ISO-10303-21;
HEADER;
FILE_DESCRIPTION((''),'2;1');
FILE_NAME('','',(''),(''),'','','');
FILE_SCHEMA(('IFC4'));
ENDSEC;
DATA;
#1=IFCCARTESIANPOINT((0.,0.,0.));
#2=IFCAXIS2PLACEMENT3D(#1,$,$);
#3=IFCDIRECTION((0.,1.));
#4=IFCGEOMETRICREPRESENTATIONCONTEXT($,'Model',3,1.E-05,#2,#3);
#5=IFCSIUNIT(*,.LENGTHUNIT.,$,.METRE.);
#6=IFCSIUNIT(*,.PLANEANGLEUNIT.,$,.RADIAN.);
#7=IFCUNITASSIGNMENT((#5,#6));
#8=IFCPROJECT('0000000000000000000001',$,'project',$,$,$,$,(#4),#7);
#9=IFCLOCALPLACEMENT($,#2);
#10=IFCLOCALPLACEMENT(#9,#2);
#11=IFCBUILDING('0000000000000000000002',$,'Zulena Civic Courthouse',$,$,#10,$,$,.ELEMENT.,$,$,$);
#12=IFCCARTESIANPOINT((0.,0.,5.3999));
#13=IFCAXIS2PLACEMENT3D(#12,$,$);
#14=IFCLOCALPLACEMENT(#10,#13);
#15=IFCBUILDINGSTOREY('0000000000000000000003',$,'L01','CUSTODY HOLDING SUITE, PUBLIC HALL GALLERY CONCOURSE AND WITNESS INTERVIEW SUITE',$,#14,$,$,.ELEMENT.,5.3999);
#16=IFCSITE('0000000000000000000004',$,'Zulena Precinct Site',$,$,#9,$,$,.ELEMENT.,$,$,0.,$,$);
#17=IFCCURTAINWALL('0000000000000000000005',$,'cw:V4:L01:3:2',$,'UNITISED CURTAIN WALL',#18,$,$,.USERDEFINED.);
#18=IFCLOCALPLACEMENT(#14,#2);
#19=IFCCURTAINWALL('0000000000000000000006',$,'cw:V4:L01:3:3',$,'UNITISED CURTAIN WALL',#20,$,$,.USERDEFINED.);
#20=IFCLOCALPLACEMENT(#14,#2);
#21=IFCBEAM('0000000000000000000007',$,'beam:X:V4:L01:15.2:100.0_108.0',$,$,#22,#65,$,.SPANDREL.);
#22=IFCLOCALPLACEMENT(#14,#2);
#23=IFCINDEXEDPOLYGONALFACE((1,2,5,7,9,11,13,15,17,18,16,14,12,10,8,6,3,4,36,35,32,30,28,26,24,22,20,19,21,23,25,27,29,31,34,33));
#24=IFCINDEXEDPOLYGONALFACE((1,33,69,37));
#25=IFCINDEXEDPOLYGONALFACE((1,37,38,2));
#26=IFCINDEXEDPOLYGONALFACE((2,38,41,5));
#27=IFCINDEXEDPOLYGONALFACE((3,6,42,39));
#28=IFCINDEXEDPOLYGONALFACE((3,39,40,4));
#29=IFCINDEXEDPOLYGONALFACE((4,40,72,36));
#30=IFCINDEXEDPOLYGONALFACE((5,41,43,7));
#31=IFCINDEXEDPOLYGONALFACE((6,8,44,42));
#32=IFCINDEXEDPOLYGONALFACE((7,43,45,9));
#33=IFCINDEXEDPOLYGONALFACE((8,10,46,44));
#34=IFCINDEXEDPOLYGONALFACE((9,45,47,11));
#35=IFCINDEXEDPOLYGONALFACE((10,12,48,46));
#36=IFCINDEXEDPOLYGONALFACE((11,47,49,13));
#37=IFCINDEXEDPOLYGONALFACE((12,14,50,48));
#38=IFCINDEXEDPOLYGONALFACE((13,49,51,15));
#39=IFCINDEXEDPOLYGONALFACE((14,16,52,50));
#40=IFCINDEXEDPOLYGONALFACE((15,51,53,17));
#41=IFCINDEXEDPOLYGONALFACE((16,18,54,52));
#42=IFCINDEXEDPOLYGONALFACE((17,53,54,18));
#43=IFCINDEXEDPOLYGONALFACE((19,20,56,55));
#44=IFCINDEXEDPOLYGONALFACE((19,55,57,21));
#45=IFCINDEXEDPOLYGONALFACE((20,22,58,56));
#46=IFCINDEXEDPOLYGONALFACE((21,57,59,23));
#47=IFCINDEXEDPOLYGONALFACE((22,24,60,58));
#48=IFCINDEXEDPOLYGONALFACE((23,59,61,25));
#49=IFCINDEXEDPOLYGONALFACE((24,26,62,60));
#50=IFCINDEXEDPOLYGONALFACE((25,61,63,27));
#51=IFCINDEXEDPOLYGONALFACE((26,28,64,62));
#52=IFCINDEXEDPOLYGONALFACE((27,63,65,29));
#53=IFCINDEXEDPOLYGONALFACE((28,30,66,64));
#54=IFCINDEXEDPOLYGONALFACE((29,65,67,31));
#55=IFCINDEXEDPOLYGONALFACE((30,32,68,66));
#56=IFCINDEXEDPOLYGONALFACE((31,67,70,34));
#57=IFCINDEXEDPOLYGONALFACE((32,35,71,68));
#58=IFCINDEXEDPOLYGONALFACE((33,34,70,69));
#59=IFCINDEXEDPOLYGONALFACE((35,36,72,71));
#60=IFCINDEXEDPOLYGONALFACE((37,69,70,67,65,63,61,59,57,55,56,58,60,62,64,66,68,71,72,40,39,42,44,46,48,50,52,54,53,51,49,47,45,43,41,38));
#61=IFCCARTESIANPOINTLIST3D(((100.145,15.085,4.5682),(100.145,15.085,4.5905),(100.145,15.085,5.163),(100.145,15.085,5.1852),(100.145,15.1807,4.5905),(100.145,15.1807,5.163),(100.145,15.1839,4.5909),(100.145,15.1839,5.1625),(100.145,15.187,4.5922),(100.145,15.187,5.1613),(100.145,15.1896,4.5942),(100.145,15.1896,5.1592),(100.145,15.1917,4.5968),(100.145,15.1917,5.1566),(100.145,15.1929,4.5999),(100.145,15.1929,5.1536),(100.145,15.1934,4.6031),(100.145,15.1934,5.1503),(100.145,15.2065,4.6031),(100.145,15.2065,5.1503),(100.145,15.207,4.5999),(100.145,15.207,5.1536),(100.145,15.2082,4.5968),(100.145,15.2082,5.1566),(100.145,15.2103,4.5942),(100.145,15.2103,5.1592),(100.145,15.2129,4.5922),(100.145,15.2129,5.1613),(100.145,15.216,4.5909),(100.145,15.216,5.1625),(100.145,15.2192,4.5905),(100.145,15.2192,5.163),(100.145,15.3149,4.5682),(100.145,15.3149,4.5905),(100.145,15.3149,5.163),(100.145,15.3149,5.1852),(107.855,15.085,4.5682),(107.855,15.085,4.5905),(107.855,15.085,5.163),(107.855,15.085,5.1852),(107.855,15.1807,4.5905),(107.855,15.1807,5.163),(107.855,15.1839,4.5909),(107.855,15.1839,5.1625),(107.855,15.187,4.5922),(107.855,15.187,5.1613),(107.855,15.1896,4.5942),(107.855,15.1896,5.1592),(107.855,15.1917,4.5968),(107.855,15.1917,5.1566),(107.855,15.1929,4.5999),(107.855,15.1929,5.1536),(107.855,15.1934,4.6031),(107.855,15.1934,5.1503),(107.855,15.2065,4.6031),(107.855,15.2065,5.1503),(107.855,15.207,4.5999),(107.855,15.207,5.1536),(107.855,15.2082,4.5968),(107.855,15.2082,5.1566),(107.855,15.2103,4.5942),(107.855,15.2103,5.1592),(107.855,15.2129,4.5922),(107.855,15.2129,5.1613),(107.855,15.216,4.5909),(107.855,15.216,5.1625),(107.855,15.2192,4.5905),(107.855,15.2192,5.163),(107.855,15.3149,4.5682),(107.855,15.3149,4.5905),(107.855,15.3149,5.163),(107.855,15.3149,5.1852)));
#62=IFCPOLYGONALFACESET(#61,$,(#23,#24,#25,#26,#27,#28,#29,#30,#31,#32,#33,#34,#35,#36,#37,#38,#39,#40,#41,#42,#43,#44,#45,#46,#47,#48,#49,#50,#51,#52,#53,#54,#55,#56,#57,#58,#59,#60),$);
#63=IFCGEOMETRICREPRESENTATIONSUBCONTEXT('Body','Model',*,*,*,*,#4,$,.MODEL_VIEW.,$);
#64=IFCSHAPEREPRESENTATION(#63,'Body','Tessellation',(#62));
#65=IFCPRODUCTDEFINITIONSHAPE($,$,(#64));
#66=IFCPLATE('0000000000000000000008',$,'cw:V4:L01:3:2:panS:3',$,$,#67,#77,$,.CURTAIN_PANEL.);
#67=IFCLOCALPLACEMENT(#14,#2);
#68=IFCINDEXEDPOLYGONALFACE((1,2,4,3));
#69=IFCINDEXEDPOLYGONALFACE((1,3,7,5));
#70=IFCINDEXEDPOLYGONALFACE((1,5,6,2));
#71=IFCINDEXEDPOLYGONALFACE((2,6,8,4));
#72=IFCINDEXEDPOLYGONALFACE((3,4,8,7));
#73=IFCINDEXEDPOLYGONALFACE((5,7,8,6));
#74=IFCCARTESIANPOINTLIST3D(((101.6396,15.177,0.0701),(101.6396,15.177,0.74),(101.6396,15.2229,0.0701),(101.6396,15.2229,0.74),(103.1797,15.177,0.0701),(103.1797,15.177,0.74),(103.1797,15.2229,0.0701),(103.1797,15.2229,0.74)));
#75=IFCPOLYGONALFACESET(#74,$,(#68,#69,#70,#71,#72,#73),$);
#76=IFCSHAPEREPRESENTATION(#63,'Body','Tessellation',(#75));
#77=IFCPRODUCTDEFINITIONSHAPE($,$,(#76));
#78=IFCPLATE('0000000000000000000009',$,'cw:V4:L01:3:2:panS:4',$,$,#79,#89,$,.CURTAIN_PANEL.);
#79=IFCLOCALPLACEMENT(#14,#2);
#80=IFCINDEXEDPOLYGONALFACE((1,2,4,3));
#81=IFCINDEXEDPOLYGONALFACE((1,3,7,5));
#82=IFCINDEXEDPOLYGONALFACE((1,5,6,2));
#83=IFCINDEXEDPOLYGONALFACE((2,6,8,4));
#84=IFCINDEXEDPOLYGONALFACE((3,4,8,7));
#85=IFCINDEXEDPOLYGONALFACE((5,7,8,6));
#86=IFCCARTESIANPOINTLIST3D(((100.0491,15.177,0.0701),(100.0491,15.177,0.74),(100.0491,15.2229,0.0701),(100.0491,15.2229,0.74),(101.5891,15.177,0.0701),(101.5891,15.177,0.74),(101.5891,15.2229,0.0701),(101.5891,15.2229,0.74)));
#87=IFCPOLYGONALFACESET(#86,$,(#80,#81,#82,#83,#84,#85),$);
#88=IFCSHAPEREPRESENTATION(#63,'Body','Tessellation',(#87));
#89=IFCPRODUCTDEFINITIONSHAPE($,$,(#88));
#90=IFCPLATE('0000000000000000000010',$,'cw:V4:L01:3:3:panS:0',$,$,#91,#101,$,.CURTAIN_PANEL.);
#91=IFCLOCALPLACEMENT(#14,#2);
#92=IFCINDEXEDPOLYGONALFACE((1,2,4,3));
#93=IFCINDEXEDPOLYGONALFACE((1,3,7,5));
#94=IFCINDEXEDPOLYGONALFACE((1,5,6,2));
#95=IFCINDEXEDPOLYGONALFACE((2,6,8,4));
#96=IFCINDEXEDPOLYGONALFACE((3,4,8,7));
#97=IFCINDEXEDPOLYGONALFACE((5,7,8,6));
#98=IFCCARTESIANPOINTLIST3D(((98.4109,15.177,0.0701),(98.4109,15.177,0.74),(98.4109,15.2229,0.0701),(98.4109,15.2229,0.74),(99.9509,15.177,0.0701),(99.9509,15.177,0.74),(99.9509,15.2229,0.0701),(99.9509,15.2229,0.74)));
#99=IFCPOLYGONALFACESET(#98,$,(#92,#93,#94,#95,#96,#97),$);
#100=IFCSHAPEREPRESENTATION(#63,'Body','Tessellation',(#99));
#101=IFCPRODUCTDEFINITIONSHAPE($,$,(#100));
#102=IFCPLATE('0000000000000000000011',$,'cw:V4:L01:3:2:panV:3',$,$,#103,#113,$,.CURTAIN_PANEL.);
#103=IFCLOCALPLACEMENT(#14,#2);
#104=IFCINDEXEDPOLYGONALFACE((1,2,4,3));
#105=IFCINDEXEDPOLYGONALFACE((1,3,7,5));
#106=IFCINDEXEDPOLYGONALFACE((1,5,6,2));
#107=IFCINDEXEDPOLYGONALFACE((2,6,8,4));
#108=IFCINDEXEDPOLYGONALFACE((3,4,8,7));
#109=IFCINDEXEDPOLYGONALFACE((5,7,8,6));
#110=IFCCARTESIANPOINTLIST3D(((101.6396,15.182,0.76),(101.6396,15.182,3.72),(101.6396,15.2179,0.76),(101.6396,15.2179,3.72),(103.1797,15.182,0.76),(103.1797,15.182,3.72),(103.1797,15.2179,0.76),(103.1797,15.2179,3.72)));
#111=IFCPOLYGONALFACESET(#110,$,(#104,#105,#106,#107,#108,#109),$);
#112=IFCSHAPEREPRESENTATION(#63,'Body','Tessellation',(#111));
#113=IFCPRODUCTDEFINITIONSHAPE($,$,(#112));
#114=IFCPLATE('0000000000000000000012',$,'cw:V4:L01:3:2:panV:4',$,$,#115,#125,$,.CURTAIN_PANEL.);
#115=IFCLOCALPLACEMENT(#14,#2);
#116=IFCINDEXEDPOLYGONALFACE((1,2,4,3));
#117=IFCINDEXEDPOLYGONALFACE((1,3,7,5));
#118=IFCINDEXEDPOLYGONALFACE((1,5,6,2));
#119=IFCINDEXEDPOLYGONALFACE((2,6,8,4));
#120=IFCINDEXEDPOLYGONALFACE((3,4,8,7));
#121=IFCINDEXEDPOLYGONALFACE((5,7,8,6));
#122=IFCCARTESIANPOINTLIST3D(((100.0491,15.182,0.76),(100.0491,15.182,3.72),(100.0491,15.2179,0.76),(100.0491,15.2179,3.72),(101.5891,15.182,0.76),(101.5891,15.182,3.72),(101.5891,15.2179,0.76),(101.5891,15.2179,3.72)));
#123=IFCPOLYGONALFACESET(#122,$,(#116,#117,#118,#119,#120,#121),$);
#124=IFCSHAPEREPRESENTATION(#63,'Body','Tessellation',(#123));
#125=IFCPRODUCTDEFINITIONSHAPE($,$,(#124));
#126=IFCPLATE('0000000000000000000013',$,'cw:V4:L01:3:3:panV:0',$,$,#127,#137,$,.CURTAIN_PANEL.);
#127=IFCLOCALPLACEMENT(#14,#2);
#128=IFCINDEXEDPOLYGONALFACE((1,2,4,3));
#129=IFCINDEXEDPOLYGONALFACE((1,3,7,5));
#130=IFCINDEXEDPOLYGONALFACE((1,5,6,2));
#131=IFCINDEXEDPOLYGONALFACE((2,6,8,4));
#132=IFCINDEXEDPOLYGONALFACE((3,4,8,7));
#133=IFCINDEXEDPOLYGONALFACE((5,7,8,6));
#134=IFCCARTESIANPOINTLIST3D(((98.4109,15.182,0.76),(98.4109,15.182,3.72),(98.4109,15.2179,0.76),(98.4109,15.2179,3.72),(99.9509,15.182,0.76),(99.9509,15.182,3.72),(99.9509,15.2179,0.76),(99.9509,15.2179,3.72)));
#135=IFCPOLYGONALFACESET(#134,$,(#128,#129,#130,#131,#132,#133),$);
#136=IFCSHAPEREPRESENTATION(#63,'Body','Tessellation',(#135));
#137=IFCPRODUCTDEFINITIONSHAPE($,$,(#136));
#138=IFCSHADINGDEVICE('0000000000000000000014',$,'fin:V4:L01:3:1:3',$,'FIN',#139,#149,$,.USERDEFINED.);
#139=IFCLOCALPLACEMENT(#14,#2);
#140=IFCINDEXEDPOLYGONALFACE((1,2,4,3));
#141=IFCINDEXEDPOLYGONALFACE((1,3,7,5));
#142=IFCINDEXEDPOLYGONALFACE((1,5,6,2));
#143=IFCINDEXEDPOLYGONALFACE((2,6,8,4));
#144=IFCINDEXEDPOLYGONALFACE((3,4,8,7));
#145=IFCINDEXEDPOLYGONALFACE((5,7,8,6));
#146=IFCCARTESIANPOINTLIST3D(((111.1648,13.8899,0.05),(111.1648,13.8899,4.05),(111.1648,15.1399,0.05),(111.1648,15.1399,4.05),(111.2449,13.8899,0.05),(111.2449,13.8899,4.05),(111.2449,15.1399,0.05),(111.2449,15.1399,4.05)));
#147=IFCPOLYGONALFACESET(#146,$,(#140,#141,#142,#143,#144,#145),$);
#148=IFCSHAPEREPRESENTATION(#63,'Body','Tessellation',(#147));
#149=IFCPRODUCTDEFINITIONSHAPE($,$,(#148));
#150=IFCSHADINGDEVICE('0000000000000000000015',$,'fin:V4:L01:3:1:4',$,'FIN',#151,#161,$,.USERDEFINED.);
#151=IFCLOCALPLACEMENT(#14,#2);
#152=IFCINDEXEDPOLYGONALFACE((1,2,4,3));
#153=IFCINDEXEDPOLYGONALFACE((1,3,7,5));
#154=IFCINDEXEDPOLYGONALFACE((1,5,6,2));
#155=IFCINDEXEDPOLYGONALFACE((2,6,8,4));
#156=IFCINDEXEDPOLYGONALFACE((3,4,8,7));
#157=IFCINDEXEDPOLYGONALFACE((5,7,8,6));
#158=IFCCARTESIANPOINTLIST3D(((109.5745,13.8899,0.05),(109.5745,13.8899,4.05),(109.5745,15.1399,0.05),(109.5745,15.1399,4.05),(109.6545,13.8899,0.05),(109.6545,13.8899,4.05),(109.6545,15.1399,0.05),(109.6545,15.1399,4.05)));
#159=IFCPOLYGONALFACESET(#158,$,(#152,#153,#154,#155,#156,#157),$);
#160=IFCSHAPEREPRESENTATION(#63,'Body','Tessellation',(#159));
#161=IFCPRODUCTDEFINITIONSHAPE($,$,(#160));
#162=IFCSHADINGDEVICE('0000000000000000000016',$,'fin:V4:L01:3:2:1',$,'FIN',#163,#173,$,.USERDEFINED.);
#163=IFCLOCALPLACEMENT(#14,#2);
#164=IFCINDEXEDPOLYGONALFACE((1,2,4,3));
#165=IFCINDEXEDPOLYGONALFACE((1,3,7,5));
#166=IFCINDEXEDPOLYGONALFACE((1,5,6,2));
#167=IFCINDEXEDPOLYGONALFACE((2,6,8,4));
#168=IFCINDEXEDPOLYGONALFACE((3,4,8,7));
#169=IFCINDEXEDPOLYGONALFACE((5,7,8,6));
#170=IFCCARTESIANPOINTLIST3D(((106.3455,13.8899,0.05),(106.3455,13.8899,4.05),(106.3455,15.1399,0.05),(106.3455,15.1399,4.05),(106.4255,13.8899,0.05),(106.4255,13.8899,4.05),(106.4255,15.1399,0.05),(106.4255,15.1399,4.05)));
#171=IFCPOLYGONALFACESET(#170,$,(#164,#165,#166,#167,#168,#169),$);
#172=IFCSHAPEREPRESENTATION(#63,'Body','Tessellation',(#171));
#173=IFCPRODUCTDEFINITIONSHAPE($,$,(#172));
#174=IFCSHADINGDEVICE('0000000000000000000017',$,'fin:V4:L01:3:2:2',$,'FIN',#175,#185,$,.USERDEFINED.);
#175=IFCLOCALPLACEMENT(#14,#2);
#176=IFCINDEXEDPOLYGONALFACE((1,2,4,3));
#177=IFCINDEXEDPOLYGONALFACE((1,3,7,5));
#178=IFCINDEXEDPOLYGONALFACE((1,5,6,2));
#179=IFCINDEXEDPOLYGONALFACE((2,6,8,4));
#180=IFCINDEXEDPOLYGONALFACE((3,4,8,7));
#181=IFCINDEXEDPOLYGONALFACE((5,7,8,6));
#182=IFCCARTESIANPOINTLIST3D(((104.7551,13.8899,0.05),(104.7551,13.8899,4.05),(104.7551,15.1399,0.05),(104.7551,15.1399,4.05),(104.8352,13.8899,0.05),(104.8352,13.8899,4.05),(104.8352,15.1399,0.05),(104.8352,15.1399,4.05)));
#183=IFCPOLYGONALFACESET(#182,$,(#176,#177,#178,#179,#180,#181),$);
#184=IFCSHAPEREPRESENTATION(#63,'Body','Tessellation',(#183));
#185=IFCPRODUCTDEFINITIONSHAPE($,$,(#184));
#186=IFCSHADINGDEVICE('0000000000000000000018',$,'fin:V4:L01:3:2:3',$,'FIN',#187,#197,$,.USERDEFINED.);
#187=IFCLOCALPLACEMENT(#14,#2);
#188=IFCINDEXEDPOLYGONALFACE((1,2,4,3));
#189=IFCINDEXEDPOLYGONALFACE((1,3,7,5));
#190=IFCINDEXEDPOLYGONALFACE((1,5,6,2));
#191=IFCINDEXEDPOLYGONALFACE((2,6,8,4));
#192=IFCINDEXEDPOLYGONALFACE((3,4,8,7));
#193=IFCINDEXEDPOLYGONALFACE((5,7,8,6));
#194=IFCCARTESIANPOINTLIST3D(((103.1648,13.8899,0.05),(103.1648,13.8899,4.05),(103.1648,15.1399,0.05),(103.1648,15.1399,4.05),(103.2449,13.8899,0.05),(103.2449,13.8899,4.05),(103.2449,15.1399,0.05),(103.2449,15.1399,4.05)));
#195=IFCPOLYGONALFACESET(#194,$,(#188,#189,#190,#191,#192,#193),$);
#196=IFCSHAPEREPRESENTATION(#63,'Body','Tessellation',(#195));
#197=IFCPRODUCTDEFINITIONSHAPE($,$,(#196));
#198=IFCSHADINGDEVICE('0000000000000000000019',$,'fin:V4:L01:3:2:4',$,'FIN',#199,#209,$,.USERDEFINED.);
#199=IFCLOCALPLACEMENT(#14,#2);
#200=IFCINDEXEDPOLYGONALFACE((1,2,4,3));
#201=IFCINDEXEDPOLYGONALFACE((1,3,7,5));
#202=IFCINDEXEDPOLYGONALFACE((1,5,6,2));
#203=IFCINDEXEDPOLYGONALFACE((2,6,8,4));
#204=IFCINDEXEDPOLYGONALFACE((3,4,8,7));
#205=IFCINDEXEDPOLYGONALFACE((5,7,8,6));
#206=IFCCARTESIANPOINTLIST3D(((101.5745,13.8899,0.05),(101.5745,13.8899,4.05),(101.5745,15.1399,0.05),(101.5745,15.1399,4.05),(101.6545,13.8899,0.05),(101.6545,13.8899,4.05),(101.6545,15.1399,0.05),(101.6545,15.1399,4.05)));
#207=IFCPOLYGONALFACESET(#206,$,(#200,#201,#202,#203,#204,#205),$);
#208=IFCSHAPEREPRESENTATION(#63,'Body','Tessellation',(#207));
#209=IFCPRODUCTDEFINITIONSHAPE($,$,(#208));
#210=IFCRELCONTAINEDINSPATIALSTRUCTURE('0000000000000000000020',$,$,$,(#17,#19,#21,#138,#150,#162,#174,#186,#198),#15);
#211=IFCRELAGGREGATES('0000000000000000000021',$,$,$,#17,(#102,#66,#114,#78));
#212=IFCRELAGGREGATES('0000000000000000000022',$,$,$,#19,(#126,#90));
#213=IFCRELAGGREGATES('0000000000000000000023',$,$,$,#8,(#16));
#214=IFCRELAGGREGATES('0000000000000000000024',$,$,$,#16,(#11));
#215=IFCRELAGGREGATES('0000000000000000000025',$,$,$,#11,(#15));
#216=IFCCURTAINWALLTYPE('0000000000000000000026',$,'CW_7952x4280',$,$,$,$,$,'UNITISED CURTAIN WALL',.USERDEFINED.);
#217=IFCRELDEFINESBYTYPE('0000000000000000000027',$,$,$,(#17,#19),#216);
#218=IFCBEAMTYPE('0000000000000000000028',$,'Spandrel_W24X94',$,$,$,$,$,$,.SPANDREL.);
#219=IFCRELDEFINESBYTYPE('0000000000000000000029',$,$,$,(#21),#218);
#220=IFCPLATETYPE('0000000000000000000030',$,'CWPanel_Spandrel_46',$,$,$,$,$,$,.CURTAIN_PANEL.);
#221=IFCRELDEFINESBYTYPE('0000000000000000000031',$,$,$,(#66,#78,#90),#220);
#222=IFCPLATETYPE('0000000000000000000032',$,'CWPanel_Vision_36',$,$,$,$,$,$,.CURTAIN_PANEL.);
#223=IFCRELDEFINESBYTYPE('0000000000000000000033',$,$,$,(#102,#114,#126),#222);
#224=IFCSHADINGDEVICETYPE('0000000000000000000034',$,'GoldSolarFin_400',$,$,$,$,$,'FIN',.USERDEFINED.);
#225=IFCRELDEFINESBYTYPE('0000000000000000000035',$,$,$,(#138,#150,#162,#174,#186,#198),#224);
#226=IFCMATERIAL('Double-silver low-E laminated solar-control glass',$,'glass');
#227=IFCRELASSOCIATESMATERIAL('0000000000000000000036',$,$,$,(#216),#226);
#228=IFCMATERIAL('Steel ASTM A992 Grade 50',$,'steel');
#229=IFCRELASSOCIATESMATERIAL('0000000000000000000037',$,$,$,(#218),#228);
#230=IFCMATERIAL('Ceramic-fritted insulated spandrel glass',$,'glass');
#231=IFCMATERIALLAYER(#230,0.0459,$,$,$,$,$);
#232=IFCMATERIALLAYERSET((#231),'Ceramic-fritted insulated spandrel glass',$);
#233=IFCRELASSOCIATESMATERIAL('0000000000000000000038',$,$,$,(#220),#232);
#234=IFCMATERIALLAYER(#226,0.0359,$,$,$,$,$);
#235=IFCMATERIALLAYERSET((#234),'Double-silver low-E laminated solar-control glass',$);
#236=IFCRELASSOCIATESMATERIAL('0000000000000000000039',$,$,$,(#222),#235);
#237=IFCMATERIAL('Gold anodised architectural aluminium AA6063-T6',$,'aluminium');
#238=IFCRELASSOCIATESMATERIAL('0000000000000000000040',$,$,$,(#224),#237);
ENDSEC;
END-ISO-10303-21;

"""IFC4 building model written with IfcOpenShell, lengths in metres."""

from ifc_helpers import new_model, si_unit, direction, frame, origin, origin_2d, place, context, subcontext, project, spatial, rectangle, i_section, extrude, material, layer, layer_set, material_profile, profile_set, type_object, element, aggregate, save


model = new_model("IFC4")

# Units and contexts
model_context = context("Model", 3, precision=1e-05, world=origin(), true_north=direction((0.0, 1.0)))
body_context = subcontext(model_context, "Body", "Model", "MODEL_VIEW")
ifc_project = project(units=[si_unit("LENGTHUNIT", "METRE"), si_unit("PLANEANGLEUNIT", "RADIAN")], contexts=[model_context])

# Site, building, storey
site_placement = place(None, origin())
site = spatial("IfcSite", under=ifc_project, at=site_placement, Name="Zulena Precinct Site", CompositionType="ELEMENT", RefElevation=0.0)
building_placement = place(site_placement, origin())
building = spatial("IfcBuilding", under=site, at=building_placement, Name="Zulena Civic Courthouse", CompositionType="ELEMENT")
storey_placement = place(building_placement, frame((0.0, 0.0, 5.3999)))
storey = spatial("IfcBuildingStorey", under=building, at=storey_placement, Name="L01", Description="CUSTODY HOLDING SUITE, PUBLIC HALL GALLERY CONCOURSE AND WITNESS INTERVIEW SUITE", CompositionType="ELEMENT", Elevation=5.3999)

# Shared definitions
ifc_material_1 = material(Name="Steel ASTM A992 Grade 50", Category="steel")

# Curtain walls
ifc_material_2 = material(Name="Double-silver low-E laminated solar-control glass", Category="glass")
curtain_wall_type = type_object("IfcCurtainWallType", Name="CW_7952x4280", ElementType="UNITISED CURTAIN WALL", PredefinedType="USERDEFINED", material=ifc_material_2)
curtain_wall_1_placement = place(storey_placement, origin())
curtain_wall_1 = element("IfcCurtainWall", 1, at=curtain_wall_1_placement, inside=storey, type_object=curtain_wall_type, Name="cw:V4:L01:3:2", ObjectType="UNITISED CURTAIN WALL", PredefinedType="USERDEFINED")
curtain_wall_2_placement = place(storey_placement, origin())
curtain_wall_2 = element("IfcCurtainWall", 2, at=curtain_wall_2_placement, inside=storey, type_object=curtain_wall_type, Name="cw:V4:L01:3:3", ObjectType="UNITISED CURTAIN WALL", PredefinedType="USERDEFINED")

# Beam
ifc_material_profile_1 = material_profile(ifc_material_1, i_section(OverallWidth=0.23, OverallDepth=0.6169, WebThickness=0.0132, FlangeThickness=0.0222, FilletRadius=0.0127, at=origin_2d()), Name="W24X94")
ifc_profile_set_1 = profile_set([ifc_material_profile_1], Name="Steel ASTM A992 Grade 50")
beam_type = type_object("IfcBeamType", Name="Spandrel_W24X94", PredefinedType="SPANDREL", material=ifc_profile_set_1)
beam_placement = place(storey_placement, frame((100.145, 15.2, 4.8767), z_axis=(1.0, 0.0, 0.0), x_axis=(0.0, 1.0, 0.0)))
element("IfcBeam", 3, at=beam_placement, inside=storey, type_object=beam_type, Name="beam:X:V4:L01:15.2:100.0_108.0", PredefinedType="SPANDREL", context=body_context, shape_type="SweptSolid", body=[
    extrude(i_section(OverallWidth=0.23, OverallDepth=0.6169, WebThickness=0.0132, FlangeThickness=0.0222, FilletRadius=0.0127, at=origin_2d()), origin(), (0.0, 0.0, 1.0), 7.71),
])

# Plates
ifc_material_3 = material(Name="Ceramic-fritted insulated spandrel glass", Category="glass")
ifc_layer_1 = layer(ifc_material_3, 0.0459)
ifc_layer_set_1 = layer_set([ifc_layer_1], Name="Ceramic-fritted insulated spandrel glass")
plate_type_1 = type_object("IfcPlateType", Name="CWPanel_Spandrel_46", PredefinedType="CURTAIN_PANEL", material=ifc_layer_set_1)
plate_1_placement = place(storey_placement, frame((102.4097, 15.2, 0.0701), z_axis=(0.0, 0.0, 1.0), x_axis=(-1.0, 0.0, 0.0)))
plate_1 = element("IfcPlate", 4, at=plate_1_placement, type_object=plate_type_1, Name="cw:V4:L01:3:2:panS:3", PredefinedType="CURTAIN_PANEL", context=body_context, shape_type="SweptSolid", body=[
    extrude(rectangle(XDim=1.54, YDim=0.0459, at=origin_2d()), origin(), (0.0, 0.0, 1.0), 0.6699),
])
plate_2_placement = place(storey_placement, frame((100.8191, 15.2, 0.0701), z_axis=(0.0, 0.0, 1.0), x_axis=(-1.0, 0.0, 0.0)))
plate_2 = element("IfcPlate", 5, at=plate_2_placement, type_object=plate_type_1, Name="cw:V4:L01:3:2:panS:4", PredefinedType="CURTAIN_PANEL", context=body_context, shape_type="SweptSolid", body=[
    extrude(rectangle(XDim=1.54, YDim=0.0459, at=origin_2d()), origin(), (0.0, 0.0, 1.0), 0.6699),
])
plate_3_placement = place(storey_placement, frame((99.1809, 15.2, 0.0701), z_axis=(0.0, 0.0, 1.0), x_axis=(-1.0, 0.0, 0.0)))
plate_3 = element("IfcPlate", 6, at=plate_3_placement, type_object=plate_type_1, Name="cw:V4:L01:3:3:panS:0", PredefinedType="CURTAIN_PANEL", context=body_context, shape_type="SweptSolid", body=[
    extrude(rectangle(XDim=1.54, YDim=0.0459, at=origin_2d()), origin(), (0.0, 0.0, 1.0), 0.6699),
])
ifc_layer_2 = layer(ifc_material_2, 0.0359)
ifc_layer_set_2 = layer_set([ifc_layer_2], Name="Double-silver low-E laminated solar-control glass")
plate_type_2 = type_object("IfcPlateType", Name="CWPanel_Vision_36", PredefinedType="CURTAIN_PANEL", material=ifc_layer_set_2)
plate_4_placement = place(storey_placement, frame((102.4097, 15.2, 0.76), z_axis=(0.0, 0.0, 1.0), x_axis=(-1.0, 0.0, 0.0)))
plate_4 = element("IfcPlate", 7, at=plate_4_placement, type_object=plate_type_2, Name="cw:V4:L01:3:2:panV:3", PredefinedType="CURTAIN_PANEL", context=body_context, shape_type="SweptSolid", body=[
    extrude(rectangle(XDim=1.54, YDim=0.0359, at=origin_2d()), origin(), (0.0, 0.0, 1.0), 2.96),
])
plate_5_placement = place(storey_placement, frame((100.8191, 15.2, 0.76), z_axis=(0.0, 0.0, 1.0), x_axis=(-1.0, 0.0, 0.0)))
plate_5 = element("IfcPlate", 8, at=plate_5_placement, type_object=plate_type_2, Name="cw:V4:L01:3:2:panV:4", PredefinedType="CURTAIN_PANEL", context=body_context, shape_type="SweptSolid", body=[
    extrude(rectangle(XDim=1.54, YDim=0.0359, at=origin_2d()), origin(), (0.0, 0.0, 1.0), 2.96),
])
aggregate(curtain_wall_1, [plate_4, plate_1, plate_5, plate_2])
plate_6_placement = place(storey_placement, frame((99.1809, 15.2, 0.76), z_axis=(0.0, 0.0, 1.0), x_axis=(-1.0, 0.0, 0.0)))
plate_6 = element("IfcPlate", 9, at=plate_6_placement, type_object=plate_type_2, Name="cw:V4:L01:3:3:panV:0", PredefinedType="CURTAIN_PANEL", context=body_context, shape_type="SweptSolid", body=[
    extrude(rectangle(XDim=1.54, YDim=0.0359, at=origin_2d()), origin(), (0.0, 0.0, 1.0), 2.96),
])
aggregate(curtain_wall_2, [plate_6, plate_3])

# Shading devices
ifc_material_4 = material(Name="Gold anodised architectural aluminium AA6063-T6", Category="aluminium")
shading_device_type = type_object("IfcShadingDeviceType", Name="GoldSolarFin_400", ElementType="FIN", PredefinedType="USERDEFINED", material=ifc_material_4)
for number, where, z_axis, x_axis, name in (
    (10, (111.2048, 14.5149, 0.05), (0.0, 0.0, 1.0), (0.0, -1.0, 0.0), "fin:V4:L01:3:1:3"),
    (11, (109.6145, 14.5149, 0.05), (0.0, 0.0, 1.0), (0.0, -1.0, 0.0), "fin:V4:L01:3:1:4"),
    (12, (106.3855, 14.5149, 0.05), (0.0, 0.0, 1.0), (0.0, -1.0, 0.0), "fin:V4:L01:3:2:1"),
    (13, (104.7952, 14.5149, 0.05), (0.0, 0.0, 1.0), (0.0, -1.0, 0.0), "fin:V4:L01:3:2:2"),
    (14, (103.2048, 14.5149, 0.05), (0.0, 0.0, 1.0), (0.0, -1.0, 0.0), "fin:V4:L01:3:2:3"),
    (15, (101.6145, 14.5149, 0.05), (0.0, 0.0, 1.0), (0.0, -1.0, 0.0), "fin:V4:L01:3:2:4"),
):
    element("IfcShadingDevice", number, at=place(storey_placement, frame(where, z_axis=z_axis, x_axis=x_axis)), inside=storey, type_object=shading_device_type, Name=name, ObjectType="FIN", PredefinedType="USERDEFINED", context=body_context, shape_type="SweptSolid", body=[
        extrude(rectangle(XDim=1.25, YDim=0.0801, at=origin_2d()), origin(), (0.0, 0.0, 1.0), 4.0),
    ])

save(model, "model.ifc")
